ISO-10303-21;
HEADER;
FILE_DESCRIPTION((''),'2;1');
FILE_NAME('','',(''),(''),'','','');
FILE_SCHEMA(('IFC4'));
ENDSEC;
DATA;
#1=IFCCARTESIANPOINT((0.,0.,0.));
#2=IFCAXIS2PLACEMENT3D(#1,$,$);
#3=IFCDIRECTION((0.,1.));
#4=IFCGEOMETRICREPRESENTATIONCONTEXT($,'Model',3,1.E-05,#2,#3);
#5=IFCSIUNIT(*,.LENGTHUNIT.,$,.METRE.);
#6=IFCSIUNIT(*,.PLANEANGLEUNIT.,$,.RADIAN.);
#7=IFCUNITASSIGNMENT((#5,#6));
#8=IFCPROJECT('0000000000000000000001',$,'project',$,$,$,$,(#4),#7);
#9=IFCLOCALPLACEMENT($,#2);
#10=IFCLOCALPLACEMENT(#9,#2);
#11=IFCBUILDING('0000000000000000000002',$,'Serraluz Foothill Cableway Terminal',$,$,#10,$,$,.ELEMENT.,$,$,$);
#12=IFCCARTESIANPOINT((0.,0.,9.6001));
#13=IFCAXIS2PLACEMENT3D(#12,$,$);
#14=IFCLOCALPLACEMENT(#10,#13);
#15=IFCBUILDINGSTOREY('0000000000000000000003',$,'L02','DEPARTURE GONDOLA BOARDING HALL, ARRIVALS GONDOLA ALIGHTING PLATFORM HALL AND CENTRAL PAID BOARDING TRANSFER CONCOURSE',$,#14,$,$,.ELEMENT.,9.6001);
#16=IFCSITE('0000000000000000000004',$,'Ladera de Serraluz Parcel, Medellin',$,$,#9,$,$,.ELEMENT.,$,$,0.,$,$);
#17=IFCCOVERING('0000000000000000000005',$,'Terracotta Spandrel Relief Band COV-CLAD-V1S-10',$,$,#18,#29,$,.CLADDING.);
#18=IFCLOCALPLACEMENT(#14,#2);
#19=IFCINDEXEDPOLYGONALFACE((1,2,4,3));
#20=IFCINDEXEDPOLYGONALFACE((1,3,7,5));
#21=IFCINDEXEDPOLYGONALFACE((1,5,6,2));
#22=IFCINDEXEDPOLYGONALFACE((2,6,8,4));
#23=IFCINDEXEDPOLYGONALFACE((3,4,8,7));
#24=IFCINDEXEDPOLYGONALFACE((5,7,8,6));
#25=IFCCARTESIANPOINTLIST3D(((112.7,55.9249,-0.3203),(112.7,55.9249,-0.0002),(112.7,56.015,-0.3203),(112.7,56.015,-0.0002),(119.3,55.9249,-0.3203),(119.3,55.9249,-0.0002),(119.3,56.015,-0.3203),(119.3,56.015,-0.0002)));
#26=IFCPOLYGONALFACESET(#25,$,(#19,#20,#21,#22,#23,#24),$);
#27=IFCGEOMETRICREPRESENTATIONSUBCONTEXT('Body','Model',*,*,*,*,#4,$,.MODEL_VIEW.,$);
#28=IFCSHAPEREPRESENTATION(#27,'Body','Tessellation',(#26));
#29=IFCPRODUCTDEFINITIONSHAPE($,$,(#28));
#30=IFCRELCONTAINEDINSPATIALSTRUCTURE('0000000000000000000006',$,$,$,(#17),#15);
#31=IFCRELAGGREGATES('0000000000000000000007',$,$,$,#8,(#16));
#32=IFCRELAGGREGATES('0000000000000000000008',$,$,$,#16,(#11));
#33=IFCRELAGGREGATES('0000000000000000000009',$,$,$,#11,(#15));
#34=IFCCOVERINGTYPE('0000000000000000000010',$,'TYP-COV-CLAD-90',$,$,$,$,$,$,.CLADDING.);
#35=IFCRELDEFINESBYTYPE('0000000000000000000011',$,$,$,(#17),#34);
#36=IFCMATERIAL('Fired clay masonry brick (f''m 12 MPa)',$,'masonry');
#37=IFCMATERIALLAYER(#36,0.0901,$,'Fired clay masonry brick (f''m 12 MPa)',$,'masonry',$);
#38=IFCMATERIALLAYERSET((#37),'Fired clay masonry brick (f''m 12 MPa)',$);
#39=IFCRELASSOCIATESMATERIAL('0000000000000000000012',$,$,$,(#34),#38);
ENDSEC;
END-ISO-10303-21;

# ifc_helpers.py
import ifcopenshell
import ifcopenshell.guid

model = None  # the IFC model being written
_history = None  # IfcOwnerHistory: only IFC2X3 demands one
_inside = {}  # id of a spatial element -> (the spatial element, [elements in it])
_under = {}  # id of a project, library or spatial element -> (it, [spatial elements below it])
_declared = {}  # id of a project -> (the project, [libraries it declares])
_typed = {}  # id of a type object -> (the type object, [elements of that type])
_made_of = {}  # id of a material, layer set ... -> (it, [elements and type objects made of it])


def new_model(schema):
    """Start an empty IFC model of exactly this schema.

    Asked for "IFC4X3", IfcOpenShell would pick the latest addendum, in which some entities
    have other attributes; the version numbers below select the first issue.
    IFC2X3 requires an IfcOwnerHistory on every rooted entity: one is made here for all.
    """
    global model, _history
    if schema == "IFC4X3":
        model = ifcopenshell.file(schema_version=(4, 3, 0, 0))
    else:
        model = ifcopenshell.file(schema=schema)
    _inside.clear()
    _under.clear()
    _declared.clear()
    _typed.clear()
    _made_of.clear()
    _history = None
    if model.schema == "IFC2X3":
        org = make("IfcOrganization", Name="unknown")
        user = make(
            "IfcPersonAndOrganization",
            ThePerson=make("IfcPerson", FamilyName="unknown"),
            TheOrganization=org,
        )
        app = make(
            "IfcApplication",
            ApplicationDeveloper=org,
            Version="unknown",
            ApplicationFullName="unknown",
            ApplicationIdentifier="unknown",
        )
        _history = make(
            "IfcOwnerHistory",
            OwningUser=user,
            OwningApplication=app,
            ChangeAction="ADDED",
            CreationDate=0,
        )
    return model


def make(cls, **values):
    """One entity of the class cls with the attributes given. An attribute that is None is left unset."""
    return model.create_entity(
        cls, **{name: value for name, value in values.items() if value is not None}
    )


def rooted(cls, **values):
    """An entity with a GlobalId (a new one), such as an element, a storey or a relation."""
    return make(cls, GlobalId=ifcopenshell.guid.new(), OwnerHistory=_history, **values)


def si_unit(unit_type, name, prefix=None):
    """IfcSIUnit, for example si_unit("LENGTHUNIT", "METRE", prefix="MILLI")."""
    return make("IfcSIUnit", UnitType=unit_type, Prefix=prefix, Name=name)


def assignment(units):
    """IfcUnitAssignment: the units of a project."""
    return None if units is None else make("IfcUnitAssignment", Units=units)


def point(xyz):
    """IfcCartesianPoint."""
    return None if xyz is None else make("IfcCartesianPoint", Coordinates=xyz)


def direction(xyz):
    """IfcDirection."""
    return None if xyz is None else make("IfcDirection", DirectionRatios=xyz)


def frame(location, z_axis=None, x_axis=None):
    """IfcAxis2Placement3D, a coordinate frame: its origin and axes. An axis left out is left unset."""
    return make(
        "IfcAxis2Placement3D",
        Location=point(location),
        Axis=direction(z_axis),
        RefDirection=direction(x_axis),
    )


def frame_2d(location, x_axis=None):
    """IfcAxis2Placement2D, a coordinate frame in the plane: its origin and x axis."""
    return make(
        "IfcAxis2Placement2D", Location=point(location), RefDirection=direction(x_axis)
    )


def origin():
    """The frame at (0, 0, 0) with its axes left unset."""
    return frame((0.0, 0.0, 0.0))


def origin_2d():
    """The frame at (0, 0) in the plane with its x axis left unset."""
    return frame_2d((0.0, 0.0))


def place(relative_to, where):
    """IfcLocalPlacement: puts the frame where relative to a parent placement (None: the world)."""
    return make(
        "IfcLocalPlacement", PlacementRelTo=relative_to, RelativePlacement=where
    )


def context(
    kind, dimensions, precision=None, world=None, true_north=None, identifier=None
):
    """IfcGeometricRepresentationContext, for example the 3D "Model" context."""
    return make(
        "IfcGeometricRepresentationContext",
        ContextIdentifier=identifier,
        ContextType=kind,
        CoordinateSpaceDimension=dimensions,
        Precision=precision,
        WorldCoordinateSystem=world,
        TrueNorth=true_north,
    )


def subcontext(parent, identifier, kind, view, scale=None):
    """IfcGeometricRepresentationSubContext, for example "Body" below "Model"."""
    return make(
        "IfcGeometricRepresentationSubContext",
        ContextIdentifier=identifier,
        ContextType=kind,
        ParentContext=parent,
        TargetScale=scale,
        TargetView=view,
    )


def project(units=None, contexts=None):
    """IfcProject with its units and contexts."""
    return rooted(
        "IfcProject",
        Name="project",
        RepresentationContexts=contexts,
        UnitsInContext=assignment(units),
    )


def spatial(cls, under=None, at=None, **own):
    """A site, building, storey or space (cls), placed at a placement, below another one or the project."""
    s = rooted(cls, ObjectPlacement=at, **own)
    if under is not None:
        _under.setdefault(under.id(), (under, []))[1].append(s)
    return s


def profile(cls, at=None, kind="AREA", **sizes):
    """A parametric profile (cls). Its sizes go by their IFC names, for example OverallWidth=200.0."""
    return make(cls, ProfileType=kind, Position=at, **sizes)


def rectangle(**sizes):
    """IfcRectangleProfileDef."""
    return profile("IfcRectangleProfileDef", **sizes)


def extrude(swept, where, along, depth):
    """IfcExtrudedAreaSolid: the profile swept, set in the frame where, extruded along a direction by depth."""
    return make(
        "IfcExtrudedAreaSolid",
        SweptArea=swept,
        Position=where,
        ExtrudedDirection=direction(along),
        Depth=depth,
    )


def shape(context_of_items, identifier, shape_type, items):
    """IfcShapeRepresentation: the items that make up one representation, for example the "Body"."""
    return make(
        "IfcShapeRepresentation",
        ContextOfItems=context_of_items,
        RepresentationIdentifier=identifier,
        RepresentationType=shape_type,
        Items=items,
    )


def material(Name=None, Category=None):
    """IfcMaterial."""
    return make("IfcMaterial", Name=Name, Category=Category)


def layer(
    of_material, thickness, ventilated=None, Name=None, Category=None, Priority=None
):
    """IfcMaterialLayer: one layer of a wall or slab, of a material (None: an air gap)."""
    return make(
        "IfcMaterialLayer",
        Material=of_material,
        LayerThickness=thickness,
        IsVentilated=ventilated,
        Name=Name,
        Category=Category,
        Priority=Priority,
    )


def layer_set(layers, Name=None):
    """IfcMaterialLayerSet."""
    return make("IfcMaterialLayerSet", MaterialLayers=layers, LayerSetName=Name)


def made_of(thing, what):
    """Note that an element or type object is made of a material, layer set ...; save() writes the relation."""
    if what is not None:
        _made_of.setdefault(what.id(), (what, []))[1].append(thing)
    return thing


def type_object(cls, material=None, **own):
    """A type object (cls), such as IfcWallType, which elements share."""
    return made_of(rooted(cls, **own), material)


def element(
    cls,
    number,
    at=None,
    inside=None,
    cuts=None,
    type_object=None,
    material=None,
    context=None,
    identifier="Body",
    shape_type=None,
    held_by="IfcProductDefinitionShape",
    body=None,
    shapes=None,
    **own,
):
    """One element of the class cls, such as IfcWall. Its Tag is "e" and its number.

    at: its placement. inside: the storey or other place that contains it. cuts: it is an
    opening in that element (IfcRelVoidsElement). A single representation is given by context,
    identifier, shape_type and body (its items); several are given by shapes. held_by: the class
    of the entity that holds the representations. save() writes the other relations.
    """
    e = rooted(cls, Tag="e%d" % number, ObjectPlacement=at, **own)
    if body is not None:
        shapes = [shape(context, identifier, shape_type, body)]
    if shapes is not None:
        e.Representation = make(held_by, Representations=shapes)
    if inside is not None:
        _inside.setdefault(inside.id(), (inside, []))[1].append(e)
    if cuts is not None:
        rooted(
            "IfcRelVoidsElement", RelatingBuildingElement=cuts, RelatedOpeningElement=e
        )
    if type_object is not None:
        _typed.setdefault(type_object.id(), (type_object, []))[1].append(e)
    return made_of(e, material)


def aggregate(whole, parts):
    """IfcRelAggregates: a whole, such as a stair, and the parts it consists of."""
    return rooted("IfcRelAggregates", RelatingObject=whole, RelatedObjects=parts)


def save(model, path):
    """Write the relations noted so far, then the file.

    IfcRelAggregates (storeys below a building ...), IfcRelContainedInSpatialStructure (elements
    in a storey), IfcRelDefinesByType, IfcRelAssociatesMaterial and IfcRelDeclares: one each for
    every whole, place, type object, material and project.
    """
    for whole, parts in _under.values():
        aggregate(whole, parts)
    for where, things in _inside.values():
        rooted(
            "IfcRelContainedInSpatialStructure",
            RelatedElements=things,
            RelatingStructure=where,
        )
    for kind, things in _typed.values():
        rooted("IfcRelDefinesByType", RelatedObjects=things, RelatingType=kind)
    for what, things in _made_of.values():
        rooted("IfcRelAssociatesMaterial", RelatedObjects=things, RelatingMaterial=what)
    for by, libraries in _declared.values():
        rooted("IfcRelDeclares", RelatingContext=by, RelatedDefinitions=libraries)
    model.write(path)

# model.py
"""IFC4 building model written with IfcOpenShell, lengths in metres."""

from ifc_helpers import new_model, si_unit, direction, frame, origin, origin_2d, place, context, subcontext, project, spatial, rectangle, extrude, material, layer, layer_set, type_object, element, save


model = new_model("IFC4")

# Units and contexts
model_context = context("Model", 3, precision=1e-05, world=origin(), true_north=direction((0.0, 1.0)))
body_context = subcontext(model_context, "Body", "Model", "MODEL_VIEW")
ifc_project = project(units=[si_unit("LENGTHUNIT", "METRE"), si_unit("PLANEANGLEUNIT", "RADIAN")], contexts=[model_context])

# Site, building, storey
site_placement = place(None, origin())
site = spatial("IfcSite", under=ifc_project, at=site_placement, Name="Ladera de Serraluz Parcel, Medellin", CompositionType="ELEMENT", RefElevation=0.0)
building_placement = place(site_placement, origin())
building = spatial("IfcBuilding", under=site, at=building_placement, Name="Serraluz Foothill Cableway Terminal", CompositionType="ELEMENT")
storey_placement = place(building_placement, frame((0.0, 0.0, 9.6001)))
storey = spatial("IfcBuildingStorey", under=building, at=storey_placement, Name="L02", Description="DEPARTURE GONDOLA BOARDING HALL, ARRIVALS GONDOLA ALIGHTING PLATFORM HALL AND CENTRAL PAID BOARDING TRANSFER CONCOURSE", CompositionType="ELEMENT", Elevation=9.6001)

# Covering
ifc_material_1 = material(Name="Fired clay masonry brick (f'm 12 MPa)", Category="masonry")
ifc_layer_1 = layer(ifc_material_1, 0.0901, Name="Fired clay masonry brick (f'm 12 MPa)", Category="masonry")
ifc_layer_set_1 = layer_set([ifc_layer_1], Name="Fired clay masonry brick (f'm 12 MPa)")
covering_type = type_object("IfcCoveringType", Name="TYP-COV-CLAD-90", PredefinedType="CLADDING", material=ifc_layer_set_1)
covering_placement = place(storey_placement, frame((116.0, 55.97, -0.3203), z_axis=(0.0, 0.0, 1.0), x_axis=(1.0, 0.0, 0.0)))
element("IfcCovering", 1, at=covering_placement, inside=storey, type_object=covering_type, Name="Terracotta Spandrel Relief Band COV-CLAD-V1S-10", PredefinedType="CLADDING", context=body_context, shape_type="SweptSolid", body=[
    extrude(rectangle(XDim=6.6001, YDim=0.0901, at=origin_2d()), origin(), (0.0, 0.0, 1.0), 0.3201),
])

save(model, "model.ifc")
